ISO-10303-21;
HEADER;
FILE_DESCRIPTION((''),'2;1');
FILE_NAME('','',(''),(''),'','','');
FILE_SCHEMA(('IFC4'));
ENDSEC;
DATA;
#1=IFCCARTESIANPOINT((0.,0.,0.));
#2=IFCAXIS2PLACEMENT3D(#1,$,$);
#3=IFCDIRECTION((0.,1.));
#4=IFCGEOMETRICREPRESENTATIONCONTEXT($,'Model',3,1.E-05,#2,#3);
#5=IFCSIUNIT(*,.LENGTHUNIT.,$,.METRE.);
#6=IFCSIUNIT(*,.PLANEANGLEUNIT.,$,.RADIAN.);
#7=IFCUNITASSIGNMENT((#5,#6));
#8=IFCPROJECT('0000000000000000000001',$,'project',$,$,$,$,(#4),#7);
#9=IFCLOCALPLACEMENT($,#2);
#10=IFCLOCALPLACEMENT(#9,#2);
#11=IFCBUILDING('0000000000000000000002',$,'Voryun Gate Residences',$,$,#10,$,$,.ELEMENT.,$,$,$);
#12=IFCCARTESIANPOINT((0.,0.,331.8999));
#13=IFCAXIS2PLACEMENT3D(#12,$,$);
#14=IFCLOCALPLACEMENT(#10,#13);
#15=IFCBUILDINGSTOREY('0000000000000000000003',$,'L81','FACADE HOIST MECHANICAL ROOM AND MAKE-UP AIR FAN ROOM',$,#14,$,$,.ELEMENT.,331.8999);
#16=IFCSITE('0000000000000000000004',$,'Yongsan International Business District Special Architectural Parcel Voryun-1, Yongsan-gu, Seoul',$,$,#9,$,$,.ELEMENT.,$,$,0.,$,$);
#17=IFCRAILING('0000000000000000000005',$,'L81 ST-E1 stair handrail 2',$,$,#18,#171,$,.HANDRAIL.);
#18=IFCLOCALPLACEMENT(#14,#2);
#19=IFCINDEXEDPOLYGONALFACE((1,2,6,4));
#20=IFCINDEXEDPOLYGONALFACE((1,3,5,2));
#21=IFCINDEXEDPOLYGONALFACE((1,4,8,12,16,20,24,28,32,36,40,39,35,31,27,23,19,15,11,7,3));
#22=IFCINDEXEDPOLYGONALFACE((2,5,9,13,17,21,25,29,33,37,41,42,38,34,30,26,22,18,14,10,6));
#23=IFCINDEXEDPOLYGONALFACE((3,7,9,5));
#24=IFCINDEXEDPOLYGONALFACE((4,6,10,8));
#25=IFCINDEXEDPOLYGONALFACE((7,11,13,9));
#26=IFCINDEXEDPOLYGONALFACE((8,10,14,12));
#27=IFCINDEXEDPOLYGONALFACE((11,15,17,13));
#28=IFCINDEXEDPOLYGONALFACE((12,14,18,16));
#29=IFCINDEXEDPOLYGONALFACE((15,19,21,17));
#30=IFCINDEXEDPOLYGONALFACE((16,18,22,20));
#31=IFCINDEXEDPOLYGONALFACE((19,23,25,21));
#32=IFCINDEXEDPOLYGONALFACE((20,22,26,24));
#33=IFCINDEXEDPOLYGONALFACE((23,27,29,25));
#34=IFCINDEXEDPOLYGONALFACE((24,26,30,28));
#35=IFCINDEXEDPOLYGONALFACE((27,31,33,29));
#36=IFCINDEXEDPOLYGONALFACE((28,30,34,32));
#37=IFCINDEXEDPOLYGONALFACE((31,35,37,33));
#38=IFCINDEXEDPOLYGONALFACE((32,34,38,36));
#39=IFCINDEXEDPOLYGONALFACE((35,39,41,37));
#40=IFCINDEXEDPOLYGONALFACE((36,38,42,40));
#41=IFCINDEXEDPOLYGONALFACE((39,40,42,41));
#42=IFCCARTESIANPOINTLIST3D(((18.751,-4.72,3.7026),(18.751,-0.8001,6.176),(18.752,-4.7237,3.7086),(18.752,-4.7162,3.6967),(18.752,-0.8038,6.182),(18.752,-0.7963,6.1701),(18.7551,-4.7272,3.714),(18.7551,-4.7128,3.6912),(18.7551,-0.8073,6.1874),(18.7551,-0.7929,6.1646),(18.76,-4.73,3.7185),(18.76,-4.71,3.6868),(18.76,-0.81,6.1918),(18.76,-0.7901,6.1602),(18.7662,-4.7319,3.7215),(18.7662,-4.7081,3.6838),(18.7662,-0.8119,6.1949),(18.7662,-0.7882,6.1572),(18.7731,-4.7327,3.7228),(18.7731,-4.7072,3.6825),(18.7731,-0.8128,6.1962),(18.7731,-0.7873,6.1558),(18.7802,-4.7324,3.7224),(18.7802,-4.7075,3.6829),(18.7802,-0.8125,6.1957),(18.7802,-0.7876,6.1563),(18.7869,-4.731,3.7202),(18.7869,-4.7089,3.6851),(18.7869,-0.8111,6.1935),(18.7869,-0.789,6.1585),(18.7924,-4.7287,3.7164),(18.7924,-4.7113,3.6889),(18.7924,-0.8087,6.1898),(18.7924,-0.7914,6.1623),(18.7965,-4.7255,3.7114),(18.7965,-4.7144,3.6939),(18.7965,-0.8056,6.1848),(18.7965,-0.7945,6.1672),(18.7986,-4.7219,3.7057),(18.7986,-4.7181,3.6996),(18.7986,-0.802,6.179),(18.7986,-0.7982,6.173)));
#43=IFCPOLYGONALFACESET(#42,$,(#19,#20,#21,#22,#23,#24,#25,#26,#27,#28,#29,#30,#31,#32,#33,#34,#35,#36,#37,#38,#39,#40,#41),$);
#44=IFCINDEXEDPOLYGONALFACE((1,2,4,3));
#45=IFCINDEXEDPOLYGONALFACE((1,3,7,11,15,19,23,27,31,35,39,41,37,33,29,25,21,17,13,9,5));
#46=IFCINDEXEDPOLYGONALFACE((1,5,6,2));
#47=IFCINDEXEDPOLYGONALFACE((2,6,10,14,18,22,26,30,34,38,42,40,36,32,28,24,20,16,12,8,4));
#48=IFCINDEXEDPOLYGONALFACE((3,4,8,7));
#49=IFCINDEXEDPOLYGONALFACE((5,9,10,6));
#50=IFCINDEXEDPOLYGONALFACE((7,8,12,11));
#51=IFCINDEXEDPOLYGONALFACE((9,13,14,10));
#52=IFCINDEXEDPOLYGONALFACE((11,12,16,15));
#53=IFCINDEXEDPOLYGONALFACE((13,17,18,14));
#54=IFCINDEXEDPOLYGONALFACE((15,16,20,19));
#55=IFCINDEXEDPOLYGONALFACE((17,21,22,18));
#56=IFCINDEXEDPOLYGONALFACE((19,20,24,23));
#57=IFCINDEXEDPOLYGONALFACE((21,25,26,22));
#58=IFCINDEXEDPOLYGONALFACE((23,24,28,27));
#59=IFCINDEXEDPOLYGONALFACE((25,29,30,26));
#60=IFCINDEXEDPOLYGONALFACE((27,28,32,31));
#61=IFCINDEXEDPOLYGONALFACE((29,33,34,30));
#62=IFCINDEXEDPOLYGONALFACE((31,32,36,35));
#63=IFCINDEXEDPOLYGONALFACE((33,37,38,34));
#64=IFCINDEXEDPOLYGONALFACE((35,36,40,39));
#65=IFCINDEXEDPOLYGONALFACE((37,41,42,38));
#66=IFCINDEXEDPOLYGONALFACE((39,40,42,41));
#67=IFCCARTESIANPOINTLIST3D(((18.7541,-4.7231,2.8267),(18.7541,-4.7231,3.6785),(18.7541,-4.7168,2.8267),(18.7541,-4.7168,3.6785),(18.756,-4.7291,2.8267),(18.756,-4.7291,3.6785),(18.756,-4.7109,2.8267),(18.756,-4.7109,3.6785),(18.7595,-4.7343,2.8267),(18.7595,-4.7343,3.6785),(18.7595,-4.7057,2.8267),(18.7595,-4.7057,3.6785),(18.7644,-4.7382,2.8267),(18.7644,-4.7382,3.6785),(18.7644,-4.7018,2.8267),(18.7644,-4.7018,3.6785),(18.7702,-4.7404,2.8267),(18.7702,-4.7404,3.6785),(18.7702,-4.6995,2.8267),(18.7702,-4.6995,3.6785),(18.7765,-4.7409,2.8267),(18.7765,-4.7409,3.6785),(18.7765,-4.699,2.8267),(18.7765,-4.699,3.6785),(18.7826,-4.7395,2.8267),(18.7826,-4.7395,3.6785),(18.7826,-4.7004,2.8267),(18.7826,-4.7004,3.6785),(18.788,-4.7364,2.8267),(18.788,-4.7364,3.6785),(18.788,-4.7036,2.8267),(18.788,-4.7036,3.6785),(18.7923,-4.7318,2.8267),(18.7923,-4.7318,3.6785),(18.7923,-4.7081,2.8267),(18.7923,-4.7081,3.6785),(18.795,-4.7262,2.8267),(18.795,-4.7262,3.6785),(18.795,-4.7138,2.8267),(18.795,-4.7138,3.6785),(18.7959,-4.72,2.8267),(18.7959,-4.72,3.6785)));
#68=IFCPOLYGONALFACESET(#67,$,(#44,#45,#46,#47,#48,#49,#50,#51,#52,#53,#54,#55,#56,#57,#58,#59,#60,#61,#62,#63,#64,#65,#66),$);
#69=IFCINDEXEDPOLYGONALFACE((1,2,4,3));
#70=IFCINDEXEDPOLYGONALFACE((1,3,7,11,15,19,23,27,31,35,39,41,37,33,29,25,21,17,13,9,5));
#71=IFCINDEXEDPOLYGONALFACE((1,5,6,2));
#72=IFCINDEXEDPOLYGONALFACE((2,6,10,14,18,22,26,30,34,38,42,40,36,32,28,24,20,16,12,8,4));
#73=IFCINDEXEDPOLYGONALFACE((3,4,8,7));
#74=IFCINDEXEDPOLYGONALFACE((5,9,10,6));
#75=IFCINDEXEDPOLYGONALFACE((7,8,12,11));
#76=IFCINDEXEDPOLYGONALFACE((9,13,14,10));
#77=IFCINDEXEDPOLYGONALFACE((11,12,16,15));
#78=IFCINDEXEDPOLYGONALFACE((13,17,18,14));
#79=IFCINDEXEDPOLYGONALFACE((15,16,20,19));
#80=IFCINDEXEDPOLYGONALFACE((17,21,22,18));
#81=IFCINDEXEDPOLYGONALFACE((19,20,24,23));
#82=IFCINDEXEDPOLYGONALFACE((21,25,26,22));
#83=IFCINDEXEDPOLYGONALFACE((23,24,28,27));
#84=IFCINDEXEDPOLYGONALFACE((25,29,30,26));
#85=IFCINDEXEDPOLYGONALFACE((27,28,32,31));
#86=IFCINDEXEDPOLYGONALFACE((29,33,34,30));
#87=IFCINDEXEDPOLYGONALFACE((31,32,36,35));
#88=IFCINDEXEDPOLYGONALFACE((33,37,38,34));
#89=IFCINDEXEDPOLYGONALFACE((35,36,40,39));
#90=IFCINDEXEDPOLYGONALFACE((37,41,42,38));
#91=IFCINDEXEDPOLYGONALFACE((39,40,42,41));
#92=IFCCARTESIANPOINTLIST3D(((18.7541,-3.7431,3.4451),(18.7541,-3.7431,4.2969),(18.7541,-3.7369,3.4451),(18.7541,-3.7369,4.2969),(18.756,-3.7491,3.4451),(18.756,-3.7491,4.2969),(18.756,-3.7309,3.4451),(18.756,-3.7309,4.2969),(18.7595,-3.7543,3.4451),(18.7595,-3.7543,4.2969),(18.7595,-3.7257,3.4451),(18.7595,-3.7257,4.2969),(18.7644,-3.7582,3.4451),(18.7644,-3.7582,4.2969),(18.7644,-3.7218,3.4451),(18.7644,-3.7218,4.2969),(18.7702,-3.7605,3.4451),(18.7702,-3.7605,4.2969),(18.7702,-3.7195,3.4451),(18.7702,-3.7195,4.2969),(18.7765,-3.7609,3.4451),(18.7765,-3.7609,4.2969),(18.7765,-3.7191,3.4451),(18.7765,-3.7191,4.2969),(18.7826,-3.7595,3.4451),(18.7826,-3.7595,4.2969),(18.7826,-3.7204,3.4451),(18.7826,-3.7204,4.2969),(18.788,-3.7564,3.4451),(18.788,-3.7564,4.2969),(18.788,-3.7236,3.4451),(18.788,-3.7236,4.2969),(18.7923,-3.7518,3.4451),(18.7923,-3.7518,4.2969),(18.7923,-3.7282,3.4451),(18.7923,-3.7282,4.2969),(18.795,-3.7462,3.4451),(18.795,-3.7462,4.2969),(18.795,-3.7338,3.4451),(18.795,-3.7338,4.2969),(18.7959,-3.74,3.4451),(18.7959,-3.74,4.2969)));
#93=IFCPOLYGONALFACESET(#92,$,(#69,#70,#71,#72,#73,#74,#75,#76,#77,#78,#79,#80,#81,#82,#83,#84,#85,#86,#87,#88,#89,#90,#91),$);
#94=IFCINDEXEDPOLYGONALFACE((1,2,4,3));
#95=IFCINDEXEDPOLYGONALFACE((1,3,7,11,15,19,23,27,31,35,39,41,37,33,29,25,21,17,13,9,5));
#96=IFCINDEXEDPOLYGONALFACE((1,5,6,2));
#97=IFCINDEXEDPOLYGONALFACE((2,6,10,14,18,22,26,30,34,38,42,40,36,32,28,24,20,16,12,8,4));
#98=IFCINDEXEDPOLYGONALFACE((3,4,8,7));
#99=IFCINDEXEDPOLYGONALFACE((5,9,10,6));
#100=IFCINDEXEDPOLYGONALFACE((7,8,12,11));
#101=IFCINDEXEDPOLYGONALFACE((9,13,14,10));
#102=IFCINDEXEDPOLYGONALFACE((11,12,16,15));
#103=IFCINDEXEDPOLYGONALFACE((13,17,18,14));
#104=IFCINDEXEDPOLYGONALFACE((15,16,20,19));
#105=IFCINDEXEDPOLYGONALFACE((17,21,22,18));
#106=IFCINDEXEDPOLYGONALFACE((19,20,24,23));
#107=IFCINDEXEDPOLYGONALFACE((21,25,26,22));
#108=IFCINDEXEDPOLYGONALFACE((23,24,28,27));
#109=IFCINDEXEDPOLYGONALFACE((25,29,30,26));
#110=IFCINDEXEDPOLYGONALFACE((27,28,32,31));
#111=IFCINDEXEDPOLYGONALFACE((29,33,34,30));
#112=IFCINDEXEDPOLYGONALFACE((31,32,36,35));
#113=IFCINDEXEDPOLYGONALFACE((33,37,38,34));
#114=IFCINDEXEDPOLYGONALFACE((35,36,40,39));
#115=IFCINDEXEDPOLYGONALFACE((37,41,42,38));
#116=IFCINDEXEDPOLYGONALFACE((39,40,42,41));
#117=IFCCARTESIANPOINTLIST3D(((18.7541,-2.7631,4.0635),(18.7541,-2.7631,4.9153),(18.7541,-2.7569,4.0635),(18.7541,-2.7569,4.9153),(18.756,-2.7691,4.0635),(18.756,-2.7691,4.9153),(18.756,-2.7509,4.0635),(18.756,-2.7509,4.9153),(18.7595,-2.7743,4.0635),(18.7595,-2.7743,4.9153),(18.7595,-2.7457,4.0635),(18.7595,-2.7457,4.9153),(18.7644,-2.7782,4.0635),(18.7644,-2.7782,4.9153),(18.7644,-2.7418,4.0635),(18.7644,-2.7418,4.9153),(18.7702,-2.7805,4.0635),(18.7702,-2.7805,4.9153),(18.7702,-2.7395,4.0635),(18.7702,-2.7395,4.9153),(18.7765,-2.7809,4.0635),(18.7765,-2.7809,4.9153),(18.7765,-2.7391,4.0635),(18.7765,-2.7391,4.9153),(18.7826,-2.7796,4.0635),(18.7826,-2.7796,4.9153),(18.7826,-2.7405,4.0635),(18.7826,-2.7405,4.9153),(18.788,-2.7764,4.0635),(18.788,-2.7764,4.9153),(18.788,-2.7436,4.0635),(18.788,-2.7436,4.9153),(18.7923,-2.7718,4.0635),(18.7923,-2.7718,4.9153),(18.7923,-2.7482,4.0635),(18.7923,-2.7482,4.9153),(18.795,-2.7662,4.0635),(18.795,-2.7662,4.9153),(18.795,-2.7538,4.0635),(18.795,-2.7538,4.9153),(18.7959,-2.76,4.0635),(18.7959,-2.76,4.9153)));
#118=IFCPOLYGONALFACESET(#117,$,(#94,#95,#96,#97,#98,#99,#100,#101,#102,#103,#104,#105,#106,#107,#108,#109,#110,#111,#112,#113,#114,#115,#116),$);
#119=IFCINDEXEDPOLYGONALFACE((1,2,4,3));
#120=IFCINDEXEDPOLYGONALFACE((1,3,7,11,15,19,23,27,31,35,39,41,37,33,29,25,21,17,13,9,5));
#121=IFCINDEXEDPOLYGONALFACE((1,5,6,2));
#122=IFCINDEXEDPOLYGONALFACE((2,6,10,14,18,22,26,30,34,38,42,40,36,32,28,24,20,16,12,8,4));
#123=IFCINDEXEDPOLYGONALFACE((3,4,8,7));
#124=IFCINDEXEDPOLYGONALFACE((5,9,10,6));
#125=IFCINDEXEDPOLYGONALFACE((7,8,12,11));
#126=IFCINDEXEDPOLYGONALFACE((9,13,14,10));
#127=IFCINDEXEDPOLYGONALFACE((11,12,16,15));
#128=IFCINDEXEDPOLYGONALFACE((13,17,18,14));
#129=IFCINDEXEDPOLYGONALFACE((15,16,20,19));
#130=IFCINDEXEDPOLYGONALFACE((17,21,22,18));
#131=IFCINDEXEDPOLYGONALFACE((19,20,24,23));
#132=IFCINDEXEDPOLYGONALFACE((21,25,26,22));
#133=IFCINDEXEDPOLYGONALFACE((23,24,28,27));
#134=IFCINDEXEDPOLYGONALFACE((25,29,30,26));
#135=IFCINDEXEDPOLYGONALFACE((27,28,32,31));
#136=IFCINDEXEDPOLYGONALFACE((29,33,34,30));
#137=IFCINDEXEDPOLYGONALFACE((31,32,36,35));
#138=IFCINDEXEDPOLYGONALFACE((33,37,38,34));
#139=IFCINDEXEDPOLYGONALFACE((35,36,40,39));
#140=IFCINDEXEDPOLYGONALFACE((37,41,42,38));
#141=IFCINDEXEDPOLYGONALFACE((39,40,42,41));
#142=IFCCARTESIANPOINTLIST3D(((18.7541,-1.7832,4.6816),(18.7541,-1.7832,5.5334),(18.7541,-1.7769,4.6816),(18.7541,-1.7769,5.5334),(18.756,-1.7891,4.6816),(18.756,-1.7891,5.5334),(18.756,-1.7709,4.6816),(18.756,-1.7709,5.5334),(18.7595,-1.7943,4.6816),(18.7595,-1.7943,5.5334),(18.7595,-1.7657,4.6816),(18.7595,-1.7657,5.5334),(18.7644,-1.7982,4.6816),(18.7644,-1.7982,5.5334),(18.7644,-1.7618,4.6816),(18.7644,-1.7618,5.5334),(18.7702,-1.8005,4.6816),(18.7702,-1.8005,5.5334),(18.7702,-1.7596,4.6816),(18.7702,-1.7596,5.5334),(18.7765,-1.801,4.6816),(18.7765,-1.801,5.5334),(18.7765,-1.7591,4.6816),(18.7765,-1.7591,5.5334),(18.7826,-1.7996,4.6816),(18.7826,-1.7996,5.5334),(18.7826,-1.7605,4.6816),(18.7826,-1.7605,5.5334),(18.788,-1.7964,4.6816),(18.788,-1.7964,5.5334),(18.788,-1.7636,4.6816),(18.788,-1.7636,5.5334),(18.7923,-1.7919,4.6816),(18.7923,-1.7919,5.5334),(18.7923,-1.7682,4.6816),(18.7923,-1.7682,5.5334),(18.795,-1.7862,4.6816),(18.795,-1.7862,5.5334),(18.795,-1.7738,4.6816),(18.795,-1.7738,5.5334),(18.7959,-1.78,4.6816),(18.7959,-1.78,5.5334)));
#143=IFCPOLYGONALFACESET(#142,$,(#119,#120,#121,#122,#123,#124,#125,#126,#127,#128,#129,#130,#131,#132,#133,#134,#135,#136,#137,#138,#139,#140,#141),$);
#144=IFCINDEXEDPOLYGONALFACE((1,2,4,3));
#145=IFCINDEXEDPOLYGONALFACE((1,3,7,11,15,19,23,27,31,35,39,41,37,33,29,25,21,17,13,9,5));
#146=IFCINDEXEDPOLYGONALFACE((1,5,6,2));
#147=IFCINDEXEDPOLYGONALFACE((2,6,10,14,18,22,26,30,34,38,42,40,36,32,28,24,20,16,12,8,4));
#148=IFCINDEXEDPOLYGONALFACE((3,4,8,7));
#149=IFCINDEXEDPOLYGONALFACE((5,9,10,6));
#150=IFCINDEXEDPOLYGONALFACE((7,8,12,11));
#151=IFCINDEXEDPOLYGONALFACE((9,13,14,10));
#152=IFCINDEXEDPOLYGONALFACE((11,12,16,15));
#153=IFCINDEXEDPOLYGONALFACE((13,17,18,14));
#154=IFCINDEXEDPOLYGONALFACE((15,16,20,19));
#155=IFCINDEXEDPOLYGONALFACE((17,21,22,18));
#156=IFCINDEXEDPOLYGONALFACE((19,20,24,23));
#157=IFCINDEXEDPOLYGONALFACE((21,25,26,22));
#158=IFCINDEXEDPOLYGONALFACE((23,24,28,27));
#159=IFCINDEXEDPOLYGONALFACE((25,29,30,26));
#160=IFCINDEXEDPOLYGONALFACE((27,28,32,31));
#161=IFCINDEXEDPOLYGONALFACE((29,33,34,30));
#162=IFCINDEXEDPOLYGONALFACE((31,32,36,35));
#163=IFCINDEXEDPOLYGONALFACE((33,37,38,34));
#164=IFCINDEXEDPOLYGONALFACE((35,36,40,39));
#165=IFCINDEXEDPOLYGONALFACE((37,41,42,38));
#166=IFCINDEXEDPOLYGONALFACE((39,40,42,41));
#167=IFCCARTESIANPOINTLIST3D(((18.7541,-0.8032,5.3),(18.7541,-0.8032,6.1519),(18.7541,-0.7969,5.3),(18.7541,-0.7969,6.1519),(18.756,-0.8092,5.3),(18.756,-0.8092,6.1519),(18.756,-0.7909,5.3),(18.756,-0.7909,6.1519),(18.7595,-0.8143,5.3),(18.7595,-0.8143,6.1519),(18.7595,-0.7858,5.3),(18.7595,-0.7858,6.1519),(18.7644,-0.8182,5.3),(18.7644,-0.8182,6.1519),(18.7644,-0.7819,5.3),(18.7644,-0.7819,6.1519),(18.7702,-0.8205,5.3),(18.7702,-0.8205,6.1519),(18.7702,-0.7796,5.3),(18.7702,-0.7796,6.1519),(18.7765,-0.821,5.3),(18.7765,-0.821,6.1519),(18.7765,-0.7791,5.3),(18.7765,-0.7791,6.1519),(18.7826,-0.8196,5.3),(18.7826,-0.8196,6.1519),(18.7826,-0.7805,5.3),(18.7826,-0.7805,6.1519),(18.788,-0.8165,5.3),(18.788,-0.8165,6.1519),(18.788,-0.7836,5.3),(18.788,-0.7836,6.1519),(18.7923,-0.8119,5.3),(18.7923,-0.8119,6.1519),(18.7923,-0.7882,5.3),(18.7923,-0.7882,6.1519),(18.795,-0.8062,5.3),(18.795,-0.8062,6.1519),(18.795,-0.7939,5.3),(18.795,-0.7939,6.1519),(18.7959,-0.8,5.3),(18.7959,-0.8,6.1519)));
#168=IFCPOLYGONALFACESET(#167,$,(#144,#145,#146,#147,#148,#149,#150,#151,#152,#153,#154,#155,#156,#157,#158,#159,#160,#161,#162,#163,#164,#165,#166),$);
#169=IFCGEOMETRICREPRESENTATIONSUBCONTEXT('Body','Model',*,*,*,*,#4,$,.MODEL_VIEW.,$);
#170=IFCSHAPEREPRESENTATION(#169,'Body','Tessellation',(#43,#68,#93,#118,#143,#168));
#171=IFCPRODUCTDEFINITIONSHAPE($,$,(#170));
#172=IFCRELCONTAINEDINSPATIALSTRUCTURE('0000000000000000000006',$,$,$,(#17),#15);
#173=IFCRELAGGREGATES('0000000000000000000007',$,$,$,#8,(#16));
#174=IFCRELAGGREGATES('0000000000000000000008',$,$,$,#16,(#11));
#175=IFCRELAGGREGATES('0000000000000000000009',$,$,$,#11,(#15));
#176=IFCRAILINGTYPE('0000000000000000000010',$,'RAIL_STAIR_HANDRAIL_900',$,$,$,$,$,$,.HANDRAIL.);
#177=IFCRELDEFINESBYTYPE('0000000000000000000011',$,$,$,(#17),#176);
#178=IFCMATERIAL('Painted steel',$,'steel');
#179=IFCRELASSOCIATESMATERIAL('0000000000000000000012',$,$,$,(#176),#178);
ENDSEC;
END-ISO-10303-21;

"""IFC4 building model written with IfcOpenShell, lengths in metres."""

from ifc_helpers import new_model, si_unit, direction, frame, origin, origin_2d, place, context, subcontext, project, spatial, circle, extrude, material, type_object, element, save


model = new_model("IFC4")

# Units and contexts
model_context = context("Model", 3, precision=1e-05, world=origin(), true_north=direction((0.0, 1.0)))
body_context = subcontext(model_context, "Body", "Model", "MODEL_VIEW")
ifc_project = project(units=[si_unit("LENGTHUNIT", "METRE"), si_unit("PLANEANGLEUNIT", "RADIAN")], contexts=[model_context])

# Site, building, storey
site_placement = place(None, origin())
site = spatial("IfcSite", under=ifc_project, at=site_placement, Name="Yongsan International Business District Special Architectural Parcel Voryun-1, Yongsan-gu, Seoul", CompositionType="ELEMENT", RefElevation=0.0)
building_placement = place(site_placement, origin())
building = spatial("IfcBuilding", under=site, at=building_placement, Name="Voryun Gate Residences", CompositionType="ELEMENT")
storey_placement = place(building_placement, frame((0.0, 0.0, 331.8999)))
storey = spatial("IfcBuildingStorey", under=building, at=storey_placement, Name="L81", Description="FACADE HOIST MECHANICAL ROOM AND MAKE-UP AIR FAN ROOM", CompositionType="ELEMENT", Elevation=331.8999)

# Railing
ifc_material_1 = material(Name="Painted steel", Category="steel")
railing_type_1 = type_object("IfcRailingType", Name="RAIL_STAIR_HANDRAIL_900", PredefinedType="HANDRAIL", material=ifc_material_1)
railing_1_placement = place(storey_placement, frame((18.7749, -4.72, 2.8267)))
element("IfcRailing", 1, at=railing_1_placement, inside=storey, type_object=railing_type_1, Name="L81 ST-E1 stair handrail 2", PredefinedType="HANDRAIL", context=body_context, shape_type="SweptSolid", body=[
    extrude(circle(Radius=0.0239, at=origin_2d()), frame((0.0, 0.0, 0.876), z_axis=(0.0, 0.845718, 0.53363), x_axis=(-1.0, 0.0, 0.0)), (0.0, 0.0, 1.0), 4.635),
    extrude(circle(Radius=0.021, at=origin_2d()), origin(), (0.0, 0.0, 1.0), 0.8518),
    extrude(circle(Radius=0.021, at=origin_2d()), frame((0.0, 0.98, 0.6184)), (0.0, 0.0, 1.0), 0.8518),
    extrude(circle(Radius=0.021, at=origin_2d()), frame((0.0, 1.96, 1.2368)), (0.0, 0.0, 1.0), 0.8518),
    extrude(circle(Radius=0.021, at=origin_2d()), frame((0.0, 2.9399, 1.855)), (0.0, 0.0, 1.0), 0.8518),
    extrude(circle(Radius=0.021, at=origin_2d()), frame((0.0, 3.9199, 2.4734)), (0.0, 0.0, 1.0), 0.8518),
])

save(model, "model.ifc")
